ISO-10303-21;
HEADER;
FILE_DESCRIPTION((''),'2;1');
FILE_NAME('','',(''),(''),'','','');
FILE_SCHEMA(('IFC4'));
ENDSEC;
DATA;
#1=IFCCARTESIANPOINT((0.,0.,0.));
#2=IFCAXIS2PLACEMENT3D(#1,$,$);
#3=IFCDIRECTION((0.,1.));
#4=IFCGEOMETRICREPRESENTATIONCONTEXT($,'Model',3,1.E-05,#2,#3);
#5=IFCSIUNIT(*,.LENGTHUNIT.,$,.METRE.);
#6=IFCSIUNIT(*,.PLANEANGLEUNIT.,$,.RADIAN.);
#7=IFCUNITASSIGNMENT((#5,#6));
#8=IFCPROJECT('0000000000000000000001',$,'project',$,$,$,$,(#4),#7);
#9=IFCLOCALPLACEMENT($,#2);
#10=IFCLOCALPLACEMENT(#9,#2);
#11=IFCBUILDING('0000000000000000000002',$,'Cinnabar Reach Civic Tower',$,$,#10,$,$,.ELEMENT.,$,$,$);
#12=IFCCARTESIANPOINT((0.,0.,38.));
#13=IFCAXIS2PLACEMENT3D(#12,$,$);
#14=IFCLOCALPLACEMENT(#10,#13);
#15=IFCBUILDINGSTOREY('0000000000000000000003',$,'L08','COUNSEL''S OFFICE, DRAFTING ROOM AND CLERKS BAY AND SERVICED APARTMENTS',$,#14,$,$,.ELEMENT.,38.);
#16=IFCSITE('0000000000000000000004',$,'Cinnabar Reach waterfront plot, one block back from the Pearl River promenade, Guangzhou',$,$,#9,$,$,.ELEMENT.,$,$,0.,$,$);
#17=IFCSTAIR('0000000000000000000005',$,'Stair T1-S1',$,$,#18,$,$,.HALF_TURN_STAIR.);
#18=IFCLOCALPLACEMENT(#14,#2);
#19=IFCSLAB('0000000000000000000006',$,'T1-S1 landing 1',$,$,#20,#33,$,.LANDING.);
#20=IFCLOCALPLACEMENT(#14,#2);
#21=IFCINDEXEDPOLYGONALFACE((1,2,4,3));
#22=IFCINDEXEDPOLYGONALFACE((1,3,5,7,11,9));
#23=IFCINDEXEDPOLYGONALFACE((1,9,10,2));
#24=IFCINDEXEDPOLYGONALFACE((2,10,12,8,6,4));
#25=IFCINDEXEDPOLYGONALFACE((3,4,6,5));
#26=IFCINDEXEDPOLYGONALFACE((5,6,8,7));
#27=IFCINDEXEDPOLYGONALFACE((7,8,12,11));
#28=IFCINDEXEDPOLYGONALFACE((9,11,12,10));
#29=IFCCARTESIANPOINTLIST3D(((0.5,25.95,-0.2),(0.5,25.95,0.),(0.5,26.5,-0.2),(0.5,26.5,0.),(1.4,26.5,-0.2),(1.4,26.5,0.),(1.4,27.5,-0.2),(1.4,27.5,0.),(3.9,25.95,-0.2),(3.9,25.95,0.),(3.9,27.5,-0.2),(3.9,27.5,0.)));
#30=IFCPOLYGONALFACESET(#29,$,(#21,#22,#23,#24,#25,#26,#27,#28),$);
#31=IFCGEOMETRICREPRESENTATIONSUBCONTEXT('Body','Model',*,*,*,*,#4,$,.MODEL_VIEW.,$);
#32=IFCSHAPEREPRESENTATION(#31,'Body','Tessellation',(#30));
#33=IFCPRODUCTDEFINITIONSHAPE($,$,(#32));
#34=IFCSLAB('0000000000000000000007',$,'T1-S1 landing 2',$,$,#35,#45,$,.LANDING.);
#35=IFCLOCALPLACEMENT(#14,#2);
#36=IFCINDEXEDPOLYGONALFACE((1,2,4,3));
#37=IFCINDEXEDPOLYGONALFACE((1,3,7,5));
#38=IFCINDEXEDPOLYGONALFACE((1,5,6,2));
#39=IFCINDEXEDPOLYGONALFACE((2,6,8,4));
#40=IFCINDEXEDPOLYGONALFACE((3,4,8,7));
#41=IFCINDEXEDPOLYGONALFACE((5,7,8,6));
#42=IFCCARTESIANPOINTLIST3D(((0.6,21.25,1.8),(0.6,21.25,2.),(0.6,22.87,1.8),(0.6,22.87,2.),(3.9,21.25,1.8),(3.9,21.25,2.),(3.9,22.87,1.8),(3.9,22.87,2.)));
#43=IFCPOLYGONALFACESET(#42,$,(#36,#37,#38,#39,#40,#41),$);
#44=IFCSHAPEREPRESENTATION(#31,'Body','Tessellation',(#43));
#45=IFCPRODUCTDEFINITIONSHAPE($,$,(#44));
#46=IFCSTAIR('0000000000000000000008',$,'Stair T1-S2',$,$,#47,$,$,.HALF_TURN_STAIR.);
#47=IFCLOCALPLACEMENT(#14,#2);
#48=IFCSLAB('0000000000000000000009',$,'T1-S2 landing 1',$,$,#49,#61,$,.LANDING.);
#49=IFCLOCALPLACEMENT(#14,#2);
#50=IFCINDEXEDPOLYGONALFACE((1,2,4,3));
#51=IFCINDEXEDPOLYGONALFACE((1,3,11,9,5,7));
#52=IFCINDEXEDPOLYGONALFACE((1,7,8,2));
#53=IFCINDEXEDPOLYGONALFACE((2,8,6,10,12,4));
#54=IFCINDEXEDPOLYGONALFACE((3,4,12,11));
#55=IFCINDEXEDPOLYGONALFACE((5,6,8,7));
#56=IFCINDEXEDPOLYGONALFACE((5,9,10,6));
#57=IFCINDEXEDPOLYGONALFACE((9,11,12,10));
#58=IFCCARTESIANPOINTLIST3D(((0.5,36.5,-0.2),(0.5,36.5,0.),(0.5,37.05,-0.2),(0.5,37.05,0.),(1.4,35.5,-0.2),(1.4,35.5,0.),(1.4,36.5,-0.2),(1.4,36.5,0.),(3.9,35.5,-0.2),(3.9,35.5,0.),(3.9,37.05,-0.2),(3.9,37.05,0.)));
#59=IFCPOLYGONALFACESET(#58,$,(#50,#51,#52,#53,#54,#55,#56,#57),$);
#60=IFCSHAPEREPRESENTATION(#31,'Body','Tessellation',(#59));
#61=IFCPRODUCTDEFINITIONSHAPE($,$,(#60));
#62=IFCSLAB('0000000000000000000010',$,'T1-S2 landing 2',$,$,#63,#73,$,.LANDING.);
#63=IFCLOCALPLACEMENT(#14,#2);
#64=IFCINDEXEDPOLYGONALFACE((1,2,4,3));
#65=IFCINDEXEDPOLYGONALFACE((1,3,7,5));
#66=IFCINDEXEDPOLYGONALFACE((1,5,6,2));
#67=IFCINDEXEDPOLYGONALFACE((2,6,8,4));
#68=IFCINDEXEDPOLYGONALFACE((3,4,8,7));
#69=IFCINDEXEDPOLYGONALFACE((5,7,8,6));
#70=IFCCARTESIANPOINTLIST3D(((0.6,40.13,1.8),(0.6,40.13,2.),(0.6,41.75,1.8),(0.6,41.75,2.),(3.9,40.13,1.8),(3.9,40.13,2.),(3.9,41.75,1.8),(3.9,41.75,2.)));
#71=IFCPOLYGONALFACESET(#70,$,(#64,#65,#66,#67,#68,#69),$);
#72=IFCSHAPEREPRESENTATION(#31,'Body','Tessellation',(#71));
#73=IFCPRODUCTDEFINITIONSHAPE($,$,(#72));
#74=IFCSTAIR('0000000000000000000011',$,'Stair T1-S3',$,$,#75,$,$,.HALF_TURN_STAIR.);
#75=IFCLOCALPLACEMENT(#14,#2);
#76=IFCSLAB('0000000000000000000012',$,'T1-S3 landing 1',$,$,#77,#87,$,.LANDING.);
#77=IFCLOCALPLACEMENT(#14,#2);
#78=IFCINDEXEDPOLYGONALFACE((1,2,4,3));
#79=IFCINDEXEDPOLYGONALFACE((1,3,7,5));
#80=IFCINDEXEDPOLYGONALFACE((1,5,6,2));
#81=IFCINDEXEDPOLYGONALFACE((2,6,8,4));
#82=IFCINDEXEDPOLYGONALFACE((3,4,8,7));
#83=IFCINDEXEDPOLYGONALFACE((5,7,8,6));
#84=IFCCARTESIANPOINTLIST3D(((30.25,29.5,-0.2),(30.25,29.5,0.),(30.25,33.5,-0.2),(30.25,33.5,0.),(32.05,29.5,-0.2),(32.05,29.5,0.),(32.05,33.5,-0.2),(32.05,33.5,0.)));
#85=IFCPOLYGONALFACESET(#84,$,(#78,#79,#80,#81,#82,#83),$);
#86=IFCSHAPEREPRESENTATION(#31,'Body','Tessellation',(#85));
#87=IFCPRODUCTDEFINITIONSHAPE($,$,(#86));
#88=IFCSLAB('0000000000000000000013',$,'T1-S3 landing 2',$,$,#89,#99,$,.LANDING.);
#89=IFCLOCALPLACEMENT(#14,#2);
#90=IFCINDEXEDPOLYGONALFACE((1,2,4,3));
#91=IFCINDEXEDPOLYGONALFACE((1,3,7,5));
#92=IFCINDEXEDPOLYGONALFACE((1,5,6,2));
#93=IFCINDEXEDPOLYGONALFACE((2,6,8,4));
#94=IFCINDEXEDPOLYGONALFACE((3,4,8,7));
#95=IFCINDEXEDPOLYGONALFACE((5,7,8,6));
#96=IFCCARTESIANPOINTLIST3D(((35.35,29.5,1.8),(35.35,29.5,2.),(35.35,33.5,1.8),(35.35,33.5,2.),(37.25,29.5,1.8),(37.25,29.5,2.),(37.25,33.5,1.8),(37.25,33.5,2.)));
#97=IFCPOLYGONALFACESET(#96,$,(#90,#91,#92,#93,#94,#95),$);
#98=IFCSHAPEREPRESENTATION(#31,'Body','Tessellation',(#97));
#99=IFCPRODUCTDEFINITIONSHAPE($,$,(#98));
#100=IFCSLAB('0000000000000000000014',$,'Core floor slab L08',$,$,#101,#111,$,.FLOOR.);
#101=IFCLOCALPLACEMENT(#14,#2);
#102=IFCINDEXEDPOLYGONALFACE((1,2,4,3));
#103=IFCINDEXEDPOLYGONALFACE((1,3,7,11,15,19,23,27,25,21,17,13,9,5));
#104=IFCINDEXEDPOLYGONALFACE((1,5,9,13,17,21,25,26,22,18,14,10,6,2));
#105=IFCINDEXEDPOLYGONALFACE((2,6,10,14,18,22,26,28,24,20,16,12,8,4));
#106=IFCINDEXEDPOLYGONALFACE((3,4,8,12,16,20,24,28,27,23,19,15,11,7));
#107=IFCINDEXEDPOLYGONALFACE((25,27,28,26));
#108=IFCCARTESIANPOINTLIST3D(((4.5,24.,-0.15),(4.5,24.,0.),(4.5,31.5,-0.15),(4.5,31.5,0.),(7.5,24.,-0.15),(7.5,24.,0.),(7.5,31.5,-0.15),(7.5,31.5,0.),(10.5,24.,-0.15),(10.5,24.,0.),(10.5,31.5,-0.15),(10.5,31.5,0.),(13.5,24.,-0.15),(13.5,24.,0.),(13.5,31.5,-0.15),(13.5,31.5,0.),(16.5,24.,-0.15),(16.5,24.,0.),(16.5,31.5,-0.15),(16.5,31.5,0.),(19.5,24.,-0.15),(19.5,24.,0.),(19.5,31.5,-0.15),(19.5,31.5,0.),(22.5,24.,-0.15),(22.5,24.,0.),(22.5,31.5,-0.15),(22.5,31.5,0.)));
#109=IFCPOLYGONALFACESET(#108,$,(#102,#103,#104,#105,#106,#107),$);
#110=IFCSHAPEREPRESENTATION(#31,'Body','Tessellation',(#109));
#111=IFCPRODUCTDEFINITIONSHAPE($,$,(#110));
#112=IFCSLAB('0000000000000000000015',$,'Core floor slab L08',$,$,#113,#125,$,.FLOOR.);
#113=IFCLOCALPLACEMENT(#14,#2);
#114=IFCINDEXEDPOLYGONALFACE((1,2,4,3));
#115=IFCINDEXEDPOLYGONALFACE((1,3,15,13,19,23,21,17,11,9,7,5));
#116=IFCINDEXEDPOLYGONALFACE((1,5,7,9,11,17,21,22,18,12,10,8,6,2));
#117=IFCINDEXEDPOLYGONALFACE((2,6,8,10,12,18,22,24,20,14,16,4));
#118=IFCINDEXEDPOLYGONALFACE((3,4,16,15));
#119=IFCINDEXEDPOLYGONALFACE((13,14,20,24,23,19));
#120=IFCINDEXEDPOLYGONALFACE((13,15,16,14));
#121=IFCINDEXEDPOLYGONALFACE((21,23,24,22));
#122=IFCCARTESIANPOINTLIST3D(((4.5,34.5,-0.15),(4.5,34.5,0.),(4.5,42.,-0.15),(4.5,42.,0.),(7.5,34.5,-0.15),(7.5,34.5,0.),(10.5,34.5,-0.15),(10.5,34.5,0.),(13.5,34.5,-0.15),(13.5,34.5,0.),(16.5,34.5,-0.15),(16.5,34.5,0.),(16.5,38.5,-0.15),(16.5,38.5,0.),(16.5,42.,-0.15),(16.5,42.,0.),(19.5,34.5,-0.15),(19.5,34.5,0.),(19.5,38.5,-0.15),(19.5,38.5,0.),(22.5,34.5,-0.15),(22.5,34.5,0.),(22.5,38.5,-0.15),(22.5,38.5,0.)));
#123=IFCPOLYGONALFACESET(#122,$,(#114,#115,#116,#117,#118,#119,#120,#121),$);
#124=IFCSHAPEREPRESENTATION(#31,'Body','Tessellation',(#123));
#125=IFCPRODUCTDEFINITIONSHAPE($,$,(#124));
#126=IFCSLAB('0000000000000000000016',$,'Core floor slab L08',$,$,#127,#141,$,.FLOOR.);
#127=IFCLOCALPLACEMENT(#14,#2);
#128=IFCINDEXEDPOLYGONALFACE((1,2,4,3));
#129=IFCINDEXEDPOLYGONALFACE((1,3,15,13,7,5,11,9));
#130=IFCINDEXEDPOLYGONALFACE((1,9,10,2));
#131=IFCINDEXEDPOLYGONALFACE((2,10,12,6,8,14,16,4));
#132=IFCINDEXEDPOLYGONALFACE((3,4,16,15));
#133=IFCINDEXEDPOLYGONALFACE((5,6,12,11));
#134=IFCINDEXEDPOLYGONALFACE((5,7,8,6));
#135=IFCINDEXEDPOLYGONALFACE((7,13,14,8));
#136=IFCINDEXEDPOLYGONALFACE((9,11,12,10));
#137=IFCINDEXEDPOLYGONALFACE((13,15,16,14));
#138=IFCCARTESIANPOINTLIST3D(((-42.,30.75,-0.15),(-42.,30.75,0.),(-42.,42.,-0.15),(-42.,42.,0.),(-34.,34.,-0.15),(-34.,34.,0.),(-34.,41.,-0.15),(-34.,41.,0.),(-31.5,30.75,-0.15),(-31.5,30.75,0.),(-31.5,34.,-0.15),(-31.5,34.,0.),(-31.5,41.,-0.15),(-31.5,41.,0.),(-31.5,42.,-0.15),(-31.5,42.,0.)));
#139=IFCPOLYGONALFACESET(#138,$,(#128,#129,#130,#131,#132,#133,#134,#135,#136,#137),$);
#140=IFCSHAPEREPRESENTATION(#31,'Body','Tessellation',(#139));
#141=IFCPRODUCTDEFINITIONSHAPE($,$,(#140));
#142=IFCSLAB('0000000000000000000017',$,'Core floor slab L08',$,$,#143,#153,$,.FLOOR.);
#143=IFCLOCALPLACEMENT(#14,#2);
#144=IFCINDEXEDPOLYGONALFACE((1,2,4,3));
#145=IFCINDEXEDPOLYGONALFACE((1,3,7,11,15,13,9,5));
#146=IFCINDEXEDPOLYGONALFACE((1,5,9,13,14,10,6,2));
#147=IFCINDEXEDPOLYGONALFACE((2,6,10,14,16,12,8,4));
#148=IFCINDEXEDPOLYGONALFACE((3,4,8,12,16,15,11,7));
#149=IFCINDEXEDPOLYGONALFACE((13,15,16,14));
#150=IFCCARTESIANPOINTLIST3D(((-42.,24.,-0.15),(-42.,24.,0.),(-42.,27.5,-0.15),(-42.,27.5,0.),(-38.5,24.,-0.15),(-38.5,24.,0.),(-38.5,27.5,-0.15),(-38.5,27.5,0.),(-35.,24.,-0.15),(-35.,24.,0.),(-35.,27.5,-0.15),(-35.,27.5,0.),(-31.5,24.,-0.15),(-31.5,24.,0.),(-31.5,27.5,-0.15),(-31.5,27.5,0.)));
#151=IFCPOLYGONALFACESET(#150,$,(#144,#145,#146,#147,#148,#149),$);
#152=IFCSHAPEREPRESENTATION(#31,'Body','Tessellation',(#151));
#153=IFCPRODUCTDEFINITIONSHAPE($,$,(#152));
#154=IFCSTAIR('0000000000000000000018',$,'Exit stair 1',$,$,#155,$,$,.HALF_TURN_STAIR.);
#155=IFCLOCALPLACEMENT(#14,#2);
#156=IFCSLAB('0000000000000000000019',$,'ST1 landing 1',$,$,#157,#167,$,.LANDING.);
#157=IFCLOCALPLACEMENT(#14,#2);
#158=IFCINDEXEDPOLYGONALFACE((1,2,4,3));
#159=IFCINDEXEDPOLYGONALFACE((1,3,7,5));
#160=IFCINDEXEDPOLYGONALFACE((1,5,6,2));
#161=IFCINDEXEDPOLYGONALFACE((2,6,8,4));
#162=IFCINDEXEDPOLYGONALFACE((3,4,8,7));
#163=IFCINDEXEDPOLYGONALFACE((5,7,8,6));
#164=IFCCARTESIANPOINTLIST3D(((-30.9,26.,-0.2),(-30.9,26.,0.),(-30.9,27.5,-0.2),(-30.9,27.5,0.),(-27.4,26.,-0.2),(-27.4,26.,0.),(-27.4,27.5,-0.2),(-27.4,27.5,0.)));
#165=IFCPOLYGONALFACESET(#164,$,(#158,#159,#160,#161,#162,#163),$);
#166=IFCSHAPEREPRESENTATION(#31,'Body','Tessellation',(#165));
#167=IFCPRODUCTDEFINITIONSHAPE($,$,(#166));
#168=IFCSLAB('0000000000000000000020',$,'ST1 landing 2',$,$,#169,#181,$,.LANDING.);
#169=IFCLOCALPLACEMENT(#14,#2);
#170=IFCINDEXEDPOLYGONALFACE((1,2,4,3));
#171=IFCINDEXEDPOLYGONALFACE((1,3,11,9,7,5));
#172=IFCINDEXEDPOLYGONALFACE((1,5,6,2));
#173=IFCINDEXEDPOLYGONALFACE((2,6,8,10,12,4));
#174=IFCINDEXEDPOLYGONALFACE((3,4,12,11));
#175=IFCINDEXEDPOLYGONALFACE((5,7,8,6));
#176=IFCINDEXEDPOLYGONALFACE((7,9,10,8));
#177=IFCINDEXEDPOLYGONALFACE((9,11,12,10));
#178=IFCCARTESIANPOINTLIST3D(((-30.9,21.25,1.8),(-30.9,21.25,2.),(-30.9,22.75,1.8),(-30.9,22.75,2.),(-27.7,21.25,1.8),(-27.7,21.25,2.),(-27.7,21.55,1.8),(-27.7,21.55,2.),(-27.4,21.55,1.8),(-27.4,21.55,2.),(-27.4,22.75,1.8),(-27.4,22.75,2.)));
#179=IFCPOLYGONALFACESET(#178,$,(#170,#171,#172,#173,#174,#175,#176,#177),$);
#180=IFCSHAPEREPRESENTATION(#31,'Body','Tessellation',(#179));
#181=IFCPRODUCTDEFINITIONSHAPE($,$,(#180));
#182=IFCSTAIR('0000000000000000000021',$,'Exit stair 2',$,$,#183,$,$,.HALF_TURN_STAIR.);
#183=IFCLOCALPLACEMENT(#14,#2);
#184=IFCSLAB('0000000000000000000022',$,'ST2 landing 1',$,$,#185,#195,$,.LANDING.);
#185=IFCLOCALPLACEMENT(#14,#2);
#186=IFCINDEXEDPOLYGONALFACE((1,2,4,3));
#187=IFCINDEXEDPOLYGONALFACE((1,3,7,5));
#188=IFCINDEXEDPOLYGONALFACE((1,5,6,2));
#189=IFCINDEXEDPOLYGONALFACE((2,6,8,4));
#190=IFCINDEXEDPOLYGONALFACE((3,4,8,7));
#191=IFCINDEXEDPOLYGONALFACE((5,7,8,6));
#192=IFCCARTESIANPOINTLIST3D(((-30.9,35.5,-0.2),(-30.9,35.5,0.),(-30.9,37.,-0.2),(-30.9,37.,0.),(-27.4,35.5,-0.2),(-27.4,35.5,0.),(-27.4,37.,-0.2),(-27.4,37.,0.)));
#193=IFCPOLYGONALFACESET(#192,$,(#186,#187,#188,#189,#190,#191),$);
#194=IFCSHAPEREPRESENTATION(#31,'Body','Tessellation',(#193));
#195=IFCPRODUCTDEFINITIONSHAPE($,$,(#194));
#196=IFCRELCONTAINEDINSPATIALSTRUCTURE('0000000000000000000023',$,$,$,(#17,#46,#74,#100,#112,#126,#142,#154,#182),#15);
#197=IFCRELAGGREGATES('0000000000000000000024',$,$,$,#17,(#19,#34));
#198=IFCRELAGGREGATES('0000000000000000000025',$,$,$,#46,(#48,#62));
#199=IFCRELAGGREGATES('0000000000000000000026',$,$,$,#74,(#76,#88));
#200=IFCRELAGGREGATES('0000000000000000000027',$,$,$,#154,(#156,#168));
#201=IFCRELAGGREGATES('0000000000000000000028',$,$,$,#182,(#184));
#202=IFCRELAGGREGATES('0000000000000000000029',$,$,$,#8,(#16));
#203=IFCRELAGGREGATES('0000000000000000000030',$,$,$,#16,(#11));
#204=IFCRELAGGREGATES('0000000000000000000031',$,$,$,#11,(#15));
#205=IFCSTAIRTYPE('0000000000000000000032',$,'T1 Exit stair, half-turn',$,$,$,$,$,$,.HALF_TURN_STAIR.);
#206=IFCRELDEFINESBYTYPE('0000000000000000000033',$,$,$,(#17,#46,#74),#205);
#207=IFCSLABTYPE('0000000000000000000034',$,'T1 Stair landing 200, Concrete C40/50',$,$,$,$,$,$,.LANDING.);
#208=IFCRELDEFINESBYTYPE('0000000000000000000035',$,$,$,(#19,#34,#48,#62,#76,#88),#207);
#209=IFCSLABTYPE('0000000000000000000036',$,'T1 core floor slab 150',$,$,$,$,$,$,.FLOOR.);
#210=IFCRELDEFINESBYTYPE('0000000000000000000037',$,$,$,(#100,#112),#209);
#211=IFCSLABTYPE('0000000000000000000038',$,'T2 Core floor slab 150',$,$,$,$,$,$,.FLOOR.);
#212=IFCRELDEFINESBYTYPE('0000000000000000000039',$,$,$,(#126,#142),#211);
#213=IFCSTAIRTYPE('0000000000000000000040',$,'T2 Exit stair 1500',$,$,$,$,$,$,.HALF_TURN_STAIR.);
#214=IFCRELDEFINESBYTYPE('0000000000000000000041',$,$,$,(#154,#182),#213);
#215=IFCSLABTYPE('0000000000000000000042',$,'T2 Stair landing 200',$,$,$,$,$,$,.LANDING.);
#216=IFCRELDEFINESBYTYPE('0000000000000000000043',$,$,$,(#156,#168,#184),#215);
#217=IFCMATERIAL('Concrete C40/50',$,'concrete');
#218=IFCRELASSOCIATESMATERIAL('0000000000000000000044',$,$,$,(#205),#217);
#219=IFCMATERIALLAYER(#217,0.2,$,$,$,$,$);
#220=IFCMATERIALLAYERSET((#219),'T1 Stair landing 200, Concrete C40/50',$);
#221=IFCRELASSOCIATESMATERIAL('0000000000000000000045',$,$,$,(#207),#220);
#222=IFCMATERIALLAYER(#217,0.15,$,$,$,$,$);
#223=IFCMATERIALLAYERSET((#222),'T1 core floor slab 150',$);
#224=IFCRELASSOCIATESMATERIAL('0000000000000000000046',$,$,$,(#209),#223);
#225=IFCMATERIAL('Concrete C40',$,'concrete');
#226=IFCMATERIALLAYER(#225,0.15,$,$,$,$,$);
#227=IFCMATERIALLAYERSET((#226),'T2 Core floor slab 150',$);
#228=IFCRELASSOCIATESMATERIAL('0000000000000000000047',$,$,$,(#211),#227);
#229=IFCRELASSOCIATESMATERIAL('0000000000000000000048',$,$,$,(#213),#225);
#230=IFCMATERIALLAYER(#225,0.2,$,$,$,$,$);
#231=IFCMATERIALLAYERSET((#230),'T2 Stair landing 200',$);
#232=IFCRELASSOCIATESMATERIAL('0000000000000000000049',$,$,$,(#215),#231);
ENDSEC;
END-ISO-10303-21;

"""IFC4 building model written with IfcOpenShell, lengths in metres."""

from ifc_helpers import new_model, si_unit, direction, frame, origin, place, context, subcontext, project, spatial, polyline, outline, extrude, material, layer, layer_set, type_object, element, aggregate, save


model = new_model("IFC4")

# Units and contexts
model_context = context("Model", 3, precision=1e-05, world=origin(), true_north=direction((0.0, 1.0)))
body_context = subcontext(model_context, "Body", "Model", "MODEL_VIEW")
ifc_project = project(units=[si_unit("LENGTHUNIT", "METRE"), si_unit("PLANEANGLEUNIT", "RADIAN")], contexts=[model_context])

# Site, building, storey
site_placement = place(None, origin())
site = spatial("IfcSite", under=ifc_project, at=site_placement, Name="Cinnabar Reach waterfront plot, one block back from the Pearl River promenade, Guangzhou", CompositionType="ELEMENT", RefElevation=0.0)
building_placement = place(site_placement, origin())
building = spatial("IfcBuilding", under=site, at=building_placement, Name="Cinnabar Reach Civic Tower", CompositionType="ELEMENT")
storey_placement = place(building_placement, frame((0.0, 0.0, 38.0)))
storey = spatial("IfcBuildingStorey", under=building, at=storey_placement, Name="L08", Description="COUNSEL'S OFFICE, DRAFTING ROOM AND CLERKS BAY AND SERVICED APARTMENTS", CompositionType="ELEMENT", Elevation=38.0)

# Stairs, slabs
ifc_material_1 = material(Name="Concrete C40/50", Category="concrete")
stair_type_1 = type_object("IfcStairType", Name="T1 Exit stair, half-turn", PredefinedType="HALF_TURN_STAIR", material=ifc_material_1)
stair_1_placement = place(storey_placement, origin())
stair_1 = element("IfcStair", 1, at=stair_1_placement, inside=storey, type_object=stair_type_1, Name="Stair T1-S1", PredefinedType="HALF_TURN_STAIR")
ifc_layer_1 = layer(ifc_material_1, 0.2)
ifc_layer_set_1 = layer_set([ifc_layer_1], Name="T1 Stair landing 200, Concrete C40/50")
slab_type_1 = type_object("IfcSlabType", Name="T1 Stair landing 200, Concrete C40/50", PredefinedType="LANDING", material=ifc_layer_set_1)
slab_1_placement = place(storey_placement, frame((0.0, 0.0, -0.2)))
slab_1 = element("IfcSlab", 2, at=slab_1_placement, type_object=slab_type_1, Name="T1-S1 landing 1", PredefinedType="LANDING", context=body_context, shape_type="SweptSolid", body=[
    extrude(outline(polyline([(3.9, 27.5), (3.9, 25.95), (0.5, 25.95), (0.5, 26.5), (1.4, 26.5), (1.4, 27.5), (3.9, 27.5)])), origin(), (0.0, 0.0, 1.0), 0.2),
])
slab_2_placement = place(storey_placement, frame((0.0, 0.0, 1.8)))
slab_2 = element("IfcSlab", 3, at=slab_2_placement, type_object=slab_type_1, Name="T1-S1 landing 2", PredefinedType="LANDING", context=body_context, shape_type="SweptSolid", body=[
    extrude(outline(polyline([(0.6, 21.25), (0.6, 22.87), (3.9, 22.87), (3.9, 21.25), (0.6, 21.25)])), origin(), (0.0, 0.0, 1.0), 0.2),
])
aggregate(stair_1, [slab_1, slab_2])
stair_2_placement = place(storey_placement, origin())
stair_2 = element("IfcStair", 4, at=stair_2_placement, inside=storey, type_object=stair_type_1, Name="Stair T1-S2", PredefinedType="HALF_TURN_STAIR")
slab_3_placement = place(storey_placement, frame((0.0, 0.0, -0.2)))
slab_3 = element("IfcSlab", 5, at=slab_3_placement, type_object=slab_type_1, Name="T1-S2 landing 1", PredefinedType="LANDING", context=body_context, shape_type="SweptSolid", body=[
    extrude(outline(polyline([(0.5, 37.05), (3.9, 37.05), (3.9, 35.5), (1.4, 35.5), (1.4, 36.5), (0.5, 36.5), (0.5, 37.05)])), origin(), (0.0, 0.0, 1.0), 0.2),
])
slab_4_placement = place(storey_placement, frame((0.0, 0.0, 1.8)))
slab_4 = element("IfcSlab", 6, at=slab_4_placement, type_object=slab_type_1, Name="T1-S2 landing 2", PredefinedType="LANDING", context=body_context, shape_type="SweptSolid", body=[
    extrude(outline(polyline([(0.6, 40.13), (0.6, 41.75), (3.9, 41.75), (3.9, 40.13), (0.6, 40.13)])), origin(), (0.0, 0.0, 1.0), 0.2),
])
aggregate(stair_2, [slab_3, slab_4])
stair_3_placement = place(storey_placement, origin())
stair_3 = element("IfcStair", 7, at=stair_3_placement, inside=storey, type_object=stair_type_1, Name="Stair T1-S3", PredefinedType="HALF_TURN_STAIR")
slab_5_placement = place(storey_placement, frame((0.0, 0.0, -0.2)))
slab_5 = element("IfcSlab", 8, at=slab_5_placement, type_object=slab_type_1, Name="T1-S3 landing 1", PredefinedType="LANDING", context=body_context, shape_type="SweptSolid", body=[
    extrude(outline(polyline([(30.25, 29.5), (32.05, 29.5), (32.05, 33.5), (30.25, 33.5), (30.25, 29.5)])), origin(), (0.0, 0.0, 1.0), 0.2),
])
slab_6_placement = place(storey_placement, frame((0.0, 0.0, 1.8)))
slab_6 = element("IfcSlab", 9, at=slab_6_placement, type_object=slab_type_1, Name="T1-S3 landing 2", PredefinedType="LANDING", context=body_context, shape_type="SweptSolid", body=[
    extrude(outline(polyline([(35.35, 29.5), (37.25, 29.5), (37.25, 33.5), (35.35, 33.5), (35.35, 29.5)])), origin(), (0.0, 0.0, 1.0), 0.2),
])
aggregate(stair_3, [slab_5, slab_6])

# Slabs
ifc_layer_2 = layer(ifc_material_1, 0.15)
ifc_layer_set_2 = layer_set([ifc_layer_2], Name="T1 core floor slab 150")
slab_type_2 = type_object("IfcSlabType", Name="T1 core floor slab 150", PredefinedType="FLOOR", material=ifc_layer_set_2)
slab_7_placement = place(storey_placement, frame((0.0, 0.0, -0.15)))
element("IfcSlab", 10, at=slab_7_placement, inside=storey, type_object=slab_type_2, Name="Core floor slab L08", PredefinedType="FLOOR", context=body_context, shape_type="SweptSolid", body=[
    extrude(outline(polyline([(22.5, 24.0), (19.5, 24.0), (16.5, 24.0), (13.5, 24.0), (10.5, 24.0), (7.5, 24.0), (4.5, 24.0), (4.5, 31.5), (7.5, 31.5), (10.5, 31.5), (13.5, 31.5), (16.5, 31.5), (19.5, 31.5), (22.5, 31.5), (22.5, 24.0)])), origin(), (0.0, 0.0, 1.0), 0.15),
])
slab_8_placement = place(storey_placement, frame((0.0, 0.0, -0.15)))
element("IfcSlab", 11, at=slab_8_placement, inside=storey, type_object=slab_type_2, Name="Core floor slab L08", PredefinedType="FLOOR", context=body_context, shape_type="SweptSolid", body=[
    extrude(outline(polyline([(22.5, 34.5), (19.5, 34.5), (16.5, 34.5), (13.5, 34.5), (10.5, 34.5), (7.5, 34.5), (4.5, 34.5), (4.5, 42.0), (16.5, 42.0), (16.5, 38.5), (19.5, 38.5), (22.5, 38.5), (22.5, 34.5)])), origin(), (0.0, 0.0, 1.0), 0.15),
])
ifc_material_2 = material(Name="Concrete C40", Category="concrete")
ifc_layer_3 = layer(ifc_material_2, 0.15)
ifc_layer_set_3 = layer_set([ifc_layer_3], Name="T2 Core floor slab 150")
slab_type_3 = type_object("IfcSlabType", Name="T2 Core floor slab 150", PredefinedType="FLOOR", material=ifc_layer_set_3)
slab_9_placement = place(storey_placement, frame((0.0, 0.0, -0.15)))
element("IfcSlab", 12, at=slab_9_placement, inside=storey, type_object=slab_type_3, Name="Core floor slab L08", PredefinedType="FLOOR", context=body_context, shape_type="SweptSolid", body=[
    extrude(outline(polyline([(-42.0, 42.0), (-31.5, 42.0), (-31.5, 41.0), (-34.0, 41.0), (-34.0, 34.0), (-31.5, 34.0), (-31.5, 30.75), (-42.0, 30.75), (-42.0, 42.0)])), origin(), (0.0, 0.0, 1.0), 0.15),
])
slab_10_placement = place(storey_placement, frame((0.0, 0.0, -0.15)))
element("IfcSlab", 13, at=slab_10_placement, inside=storey, type_object=slab_type_3, Name="Core floor slab L08", PredefinedType="FLOOR", context=body_context, shape_type="SweptSolid", body=[
    extrude(outline(polyline([(-35.0, 24.0), (-38.5, 24.0), (-42.0, 24.0), (-42.0, 27.5), (-38.5, 27.5), (-35.0, 27.5), (-31.5, 27.5), (-31.5, 24.0), (-35.0, 24.0)])), origin(), (0.0, 0.0, 1.0), 0.15),
])

# Stairs, slabs
stair_type_2 = type_object("IfcStairType", Name="T2 Exit stair 1500", PredefinedType="HALF_TURN_STAIR", material=ifc_material_2)
stair_4_placement = place(storey_placement, origin())
stair_4 = element("IfcStair", 14, at=stair_4_placement, inside=storey, type_object=stair_type_2, Name="Exit stair 1", PredefinedType="HALF_TURN_STAIR")
ifc_layer_4 = layer(ifc_material_2, 0.2)
ifc_layer_set_4 = layer_set([ifc_layer_4], Name="T2 Stair landing 200")
slab_type_4 = type_object("IfcSlabType", Name="T2 Stair landing 200", PredefinedType="LANDING", material=ifc_layer_set_4)
slab_11_placement = place(storey_placement, frame((0.0, 0.0, -0.2)))
slab_11 = element("IfcSlab", 15, at=slab_11_placement, type_object=slab_type_4, Name="ST1 landing 1", PredefinedType="LANDING", context=body_context, shape_type="SweptSolid", body=[
    extrude(outline(polyline([(-30.9, 26.0), (-30.9, 27.5), (-27.4, 27.5), (-27.4, 26.0), (-30.9, 26.0)])), origin(), (0.0, 0.0, 1.0), 0.2),
])
slab_12_placement = place(storey_placement, frame((0.0, 0.0, 1.8)))
slab_12 = element("IfcSlab", 16, at=slab_12_placement, type_object=slab_type_4, Name="ST1 landing 2", PredefinedType="LANDING", context=body_context, shape_type="SweptSolid", body=[
    extrude(outline(polyline([(-30.9, 21.25), (-30.9, 22.75), (-27.4, 22.75), (-27.4, 21.55), (-27.7, 21.55), (-27.7, 21.25), (-30.9, 21.25)])), origin(), (0.0, 0.0, 1.0), 0.2),
])
aggregate(stair_4, [slab_11, slab_12])
stair_5_placement = place(storey_placement, origin())
stair_5 = element("IfcStair", 17, at=stair_5_placement, inside=storey, type_object=stair_type_2, Name="Exit stair 2", PredefinedType="HALF_TURN_STAIR")
slab_13_placement = place(storey_placement, frame((0.0, 0.0, -0.2)))
slab_13 = element("IfcSlab", 18, at=slab_13_placement, type_object=slab_type_4, Name="ST2 landing 1", PredefinedType="LANDING", context=body_context, shape_type="SweptSolid", body=[
    extrude(outline(polyline([(-30.9, 35.5), (-30.9, 37.0), (-27.4, 37.0), (-27.4, 35.5), (-30.9, 35.5)])), origin(), (0.0, 0.0, 1.0), 0.2),
])
aggregate(stair_5, [slab_13])

save(model, "model.ifc")
